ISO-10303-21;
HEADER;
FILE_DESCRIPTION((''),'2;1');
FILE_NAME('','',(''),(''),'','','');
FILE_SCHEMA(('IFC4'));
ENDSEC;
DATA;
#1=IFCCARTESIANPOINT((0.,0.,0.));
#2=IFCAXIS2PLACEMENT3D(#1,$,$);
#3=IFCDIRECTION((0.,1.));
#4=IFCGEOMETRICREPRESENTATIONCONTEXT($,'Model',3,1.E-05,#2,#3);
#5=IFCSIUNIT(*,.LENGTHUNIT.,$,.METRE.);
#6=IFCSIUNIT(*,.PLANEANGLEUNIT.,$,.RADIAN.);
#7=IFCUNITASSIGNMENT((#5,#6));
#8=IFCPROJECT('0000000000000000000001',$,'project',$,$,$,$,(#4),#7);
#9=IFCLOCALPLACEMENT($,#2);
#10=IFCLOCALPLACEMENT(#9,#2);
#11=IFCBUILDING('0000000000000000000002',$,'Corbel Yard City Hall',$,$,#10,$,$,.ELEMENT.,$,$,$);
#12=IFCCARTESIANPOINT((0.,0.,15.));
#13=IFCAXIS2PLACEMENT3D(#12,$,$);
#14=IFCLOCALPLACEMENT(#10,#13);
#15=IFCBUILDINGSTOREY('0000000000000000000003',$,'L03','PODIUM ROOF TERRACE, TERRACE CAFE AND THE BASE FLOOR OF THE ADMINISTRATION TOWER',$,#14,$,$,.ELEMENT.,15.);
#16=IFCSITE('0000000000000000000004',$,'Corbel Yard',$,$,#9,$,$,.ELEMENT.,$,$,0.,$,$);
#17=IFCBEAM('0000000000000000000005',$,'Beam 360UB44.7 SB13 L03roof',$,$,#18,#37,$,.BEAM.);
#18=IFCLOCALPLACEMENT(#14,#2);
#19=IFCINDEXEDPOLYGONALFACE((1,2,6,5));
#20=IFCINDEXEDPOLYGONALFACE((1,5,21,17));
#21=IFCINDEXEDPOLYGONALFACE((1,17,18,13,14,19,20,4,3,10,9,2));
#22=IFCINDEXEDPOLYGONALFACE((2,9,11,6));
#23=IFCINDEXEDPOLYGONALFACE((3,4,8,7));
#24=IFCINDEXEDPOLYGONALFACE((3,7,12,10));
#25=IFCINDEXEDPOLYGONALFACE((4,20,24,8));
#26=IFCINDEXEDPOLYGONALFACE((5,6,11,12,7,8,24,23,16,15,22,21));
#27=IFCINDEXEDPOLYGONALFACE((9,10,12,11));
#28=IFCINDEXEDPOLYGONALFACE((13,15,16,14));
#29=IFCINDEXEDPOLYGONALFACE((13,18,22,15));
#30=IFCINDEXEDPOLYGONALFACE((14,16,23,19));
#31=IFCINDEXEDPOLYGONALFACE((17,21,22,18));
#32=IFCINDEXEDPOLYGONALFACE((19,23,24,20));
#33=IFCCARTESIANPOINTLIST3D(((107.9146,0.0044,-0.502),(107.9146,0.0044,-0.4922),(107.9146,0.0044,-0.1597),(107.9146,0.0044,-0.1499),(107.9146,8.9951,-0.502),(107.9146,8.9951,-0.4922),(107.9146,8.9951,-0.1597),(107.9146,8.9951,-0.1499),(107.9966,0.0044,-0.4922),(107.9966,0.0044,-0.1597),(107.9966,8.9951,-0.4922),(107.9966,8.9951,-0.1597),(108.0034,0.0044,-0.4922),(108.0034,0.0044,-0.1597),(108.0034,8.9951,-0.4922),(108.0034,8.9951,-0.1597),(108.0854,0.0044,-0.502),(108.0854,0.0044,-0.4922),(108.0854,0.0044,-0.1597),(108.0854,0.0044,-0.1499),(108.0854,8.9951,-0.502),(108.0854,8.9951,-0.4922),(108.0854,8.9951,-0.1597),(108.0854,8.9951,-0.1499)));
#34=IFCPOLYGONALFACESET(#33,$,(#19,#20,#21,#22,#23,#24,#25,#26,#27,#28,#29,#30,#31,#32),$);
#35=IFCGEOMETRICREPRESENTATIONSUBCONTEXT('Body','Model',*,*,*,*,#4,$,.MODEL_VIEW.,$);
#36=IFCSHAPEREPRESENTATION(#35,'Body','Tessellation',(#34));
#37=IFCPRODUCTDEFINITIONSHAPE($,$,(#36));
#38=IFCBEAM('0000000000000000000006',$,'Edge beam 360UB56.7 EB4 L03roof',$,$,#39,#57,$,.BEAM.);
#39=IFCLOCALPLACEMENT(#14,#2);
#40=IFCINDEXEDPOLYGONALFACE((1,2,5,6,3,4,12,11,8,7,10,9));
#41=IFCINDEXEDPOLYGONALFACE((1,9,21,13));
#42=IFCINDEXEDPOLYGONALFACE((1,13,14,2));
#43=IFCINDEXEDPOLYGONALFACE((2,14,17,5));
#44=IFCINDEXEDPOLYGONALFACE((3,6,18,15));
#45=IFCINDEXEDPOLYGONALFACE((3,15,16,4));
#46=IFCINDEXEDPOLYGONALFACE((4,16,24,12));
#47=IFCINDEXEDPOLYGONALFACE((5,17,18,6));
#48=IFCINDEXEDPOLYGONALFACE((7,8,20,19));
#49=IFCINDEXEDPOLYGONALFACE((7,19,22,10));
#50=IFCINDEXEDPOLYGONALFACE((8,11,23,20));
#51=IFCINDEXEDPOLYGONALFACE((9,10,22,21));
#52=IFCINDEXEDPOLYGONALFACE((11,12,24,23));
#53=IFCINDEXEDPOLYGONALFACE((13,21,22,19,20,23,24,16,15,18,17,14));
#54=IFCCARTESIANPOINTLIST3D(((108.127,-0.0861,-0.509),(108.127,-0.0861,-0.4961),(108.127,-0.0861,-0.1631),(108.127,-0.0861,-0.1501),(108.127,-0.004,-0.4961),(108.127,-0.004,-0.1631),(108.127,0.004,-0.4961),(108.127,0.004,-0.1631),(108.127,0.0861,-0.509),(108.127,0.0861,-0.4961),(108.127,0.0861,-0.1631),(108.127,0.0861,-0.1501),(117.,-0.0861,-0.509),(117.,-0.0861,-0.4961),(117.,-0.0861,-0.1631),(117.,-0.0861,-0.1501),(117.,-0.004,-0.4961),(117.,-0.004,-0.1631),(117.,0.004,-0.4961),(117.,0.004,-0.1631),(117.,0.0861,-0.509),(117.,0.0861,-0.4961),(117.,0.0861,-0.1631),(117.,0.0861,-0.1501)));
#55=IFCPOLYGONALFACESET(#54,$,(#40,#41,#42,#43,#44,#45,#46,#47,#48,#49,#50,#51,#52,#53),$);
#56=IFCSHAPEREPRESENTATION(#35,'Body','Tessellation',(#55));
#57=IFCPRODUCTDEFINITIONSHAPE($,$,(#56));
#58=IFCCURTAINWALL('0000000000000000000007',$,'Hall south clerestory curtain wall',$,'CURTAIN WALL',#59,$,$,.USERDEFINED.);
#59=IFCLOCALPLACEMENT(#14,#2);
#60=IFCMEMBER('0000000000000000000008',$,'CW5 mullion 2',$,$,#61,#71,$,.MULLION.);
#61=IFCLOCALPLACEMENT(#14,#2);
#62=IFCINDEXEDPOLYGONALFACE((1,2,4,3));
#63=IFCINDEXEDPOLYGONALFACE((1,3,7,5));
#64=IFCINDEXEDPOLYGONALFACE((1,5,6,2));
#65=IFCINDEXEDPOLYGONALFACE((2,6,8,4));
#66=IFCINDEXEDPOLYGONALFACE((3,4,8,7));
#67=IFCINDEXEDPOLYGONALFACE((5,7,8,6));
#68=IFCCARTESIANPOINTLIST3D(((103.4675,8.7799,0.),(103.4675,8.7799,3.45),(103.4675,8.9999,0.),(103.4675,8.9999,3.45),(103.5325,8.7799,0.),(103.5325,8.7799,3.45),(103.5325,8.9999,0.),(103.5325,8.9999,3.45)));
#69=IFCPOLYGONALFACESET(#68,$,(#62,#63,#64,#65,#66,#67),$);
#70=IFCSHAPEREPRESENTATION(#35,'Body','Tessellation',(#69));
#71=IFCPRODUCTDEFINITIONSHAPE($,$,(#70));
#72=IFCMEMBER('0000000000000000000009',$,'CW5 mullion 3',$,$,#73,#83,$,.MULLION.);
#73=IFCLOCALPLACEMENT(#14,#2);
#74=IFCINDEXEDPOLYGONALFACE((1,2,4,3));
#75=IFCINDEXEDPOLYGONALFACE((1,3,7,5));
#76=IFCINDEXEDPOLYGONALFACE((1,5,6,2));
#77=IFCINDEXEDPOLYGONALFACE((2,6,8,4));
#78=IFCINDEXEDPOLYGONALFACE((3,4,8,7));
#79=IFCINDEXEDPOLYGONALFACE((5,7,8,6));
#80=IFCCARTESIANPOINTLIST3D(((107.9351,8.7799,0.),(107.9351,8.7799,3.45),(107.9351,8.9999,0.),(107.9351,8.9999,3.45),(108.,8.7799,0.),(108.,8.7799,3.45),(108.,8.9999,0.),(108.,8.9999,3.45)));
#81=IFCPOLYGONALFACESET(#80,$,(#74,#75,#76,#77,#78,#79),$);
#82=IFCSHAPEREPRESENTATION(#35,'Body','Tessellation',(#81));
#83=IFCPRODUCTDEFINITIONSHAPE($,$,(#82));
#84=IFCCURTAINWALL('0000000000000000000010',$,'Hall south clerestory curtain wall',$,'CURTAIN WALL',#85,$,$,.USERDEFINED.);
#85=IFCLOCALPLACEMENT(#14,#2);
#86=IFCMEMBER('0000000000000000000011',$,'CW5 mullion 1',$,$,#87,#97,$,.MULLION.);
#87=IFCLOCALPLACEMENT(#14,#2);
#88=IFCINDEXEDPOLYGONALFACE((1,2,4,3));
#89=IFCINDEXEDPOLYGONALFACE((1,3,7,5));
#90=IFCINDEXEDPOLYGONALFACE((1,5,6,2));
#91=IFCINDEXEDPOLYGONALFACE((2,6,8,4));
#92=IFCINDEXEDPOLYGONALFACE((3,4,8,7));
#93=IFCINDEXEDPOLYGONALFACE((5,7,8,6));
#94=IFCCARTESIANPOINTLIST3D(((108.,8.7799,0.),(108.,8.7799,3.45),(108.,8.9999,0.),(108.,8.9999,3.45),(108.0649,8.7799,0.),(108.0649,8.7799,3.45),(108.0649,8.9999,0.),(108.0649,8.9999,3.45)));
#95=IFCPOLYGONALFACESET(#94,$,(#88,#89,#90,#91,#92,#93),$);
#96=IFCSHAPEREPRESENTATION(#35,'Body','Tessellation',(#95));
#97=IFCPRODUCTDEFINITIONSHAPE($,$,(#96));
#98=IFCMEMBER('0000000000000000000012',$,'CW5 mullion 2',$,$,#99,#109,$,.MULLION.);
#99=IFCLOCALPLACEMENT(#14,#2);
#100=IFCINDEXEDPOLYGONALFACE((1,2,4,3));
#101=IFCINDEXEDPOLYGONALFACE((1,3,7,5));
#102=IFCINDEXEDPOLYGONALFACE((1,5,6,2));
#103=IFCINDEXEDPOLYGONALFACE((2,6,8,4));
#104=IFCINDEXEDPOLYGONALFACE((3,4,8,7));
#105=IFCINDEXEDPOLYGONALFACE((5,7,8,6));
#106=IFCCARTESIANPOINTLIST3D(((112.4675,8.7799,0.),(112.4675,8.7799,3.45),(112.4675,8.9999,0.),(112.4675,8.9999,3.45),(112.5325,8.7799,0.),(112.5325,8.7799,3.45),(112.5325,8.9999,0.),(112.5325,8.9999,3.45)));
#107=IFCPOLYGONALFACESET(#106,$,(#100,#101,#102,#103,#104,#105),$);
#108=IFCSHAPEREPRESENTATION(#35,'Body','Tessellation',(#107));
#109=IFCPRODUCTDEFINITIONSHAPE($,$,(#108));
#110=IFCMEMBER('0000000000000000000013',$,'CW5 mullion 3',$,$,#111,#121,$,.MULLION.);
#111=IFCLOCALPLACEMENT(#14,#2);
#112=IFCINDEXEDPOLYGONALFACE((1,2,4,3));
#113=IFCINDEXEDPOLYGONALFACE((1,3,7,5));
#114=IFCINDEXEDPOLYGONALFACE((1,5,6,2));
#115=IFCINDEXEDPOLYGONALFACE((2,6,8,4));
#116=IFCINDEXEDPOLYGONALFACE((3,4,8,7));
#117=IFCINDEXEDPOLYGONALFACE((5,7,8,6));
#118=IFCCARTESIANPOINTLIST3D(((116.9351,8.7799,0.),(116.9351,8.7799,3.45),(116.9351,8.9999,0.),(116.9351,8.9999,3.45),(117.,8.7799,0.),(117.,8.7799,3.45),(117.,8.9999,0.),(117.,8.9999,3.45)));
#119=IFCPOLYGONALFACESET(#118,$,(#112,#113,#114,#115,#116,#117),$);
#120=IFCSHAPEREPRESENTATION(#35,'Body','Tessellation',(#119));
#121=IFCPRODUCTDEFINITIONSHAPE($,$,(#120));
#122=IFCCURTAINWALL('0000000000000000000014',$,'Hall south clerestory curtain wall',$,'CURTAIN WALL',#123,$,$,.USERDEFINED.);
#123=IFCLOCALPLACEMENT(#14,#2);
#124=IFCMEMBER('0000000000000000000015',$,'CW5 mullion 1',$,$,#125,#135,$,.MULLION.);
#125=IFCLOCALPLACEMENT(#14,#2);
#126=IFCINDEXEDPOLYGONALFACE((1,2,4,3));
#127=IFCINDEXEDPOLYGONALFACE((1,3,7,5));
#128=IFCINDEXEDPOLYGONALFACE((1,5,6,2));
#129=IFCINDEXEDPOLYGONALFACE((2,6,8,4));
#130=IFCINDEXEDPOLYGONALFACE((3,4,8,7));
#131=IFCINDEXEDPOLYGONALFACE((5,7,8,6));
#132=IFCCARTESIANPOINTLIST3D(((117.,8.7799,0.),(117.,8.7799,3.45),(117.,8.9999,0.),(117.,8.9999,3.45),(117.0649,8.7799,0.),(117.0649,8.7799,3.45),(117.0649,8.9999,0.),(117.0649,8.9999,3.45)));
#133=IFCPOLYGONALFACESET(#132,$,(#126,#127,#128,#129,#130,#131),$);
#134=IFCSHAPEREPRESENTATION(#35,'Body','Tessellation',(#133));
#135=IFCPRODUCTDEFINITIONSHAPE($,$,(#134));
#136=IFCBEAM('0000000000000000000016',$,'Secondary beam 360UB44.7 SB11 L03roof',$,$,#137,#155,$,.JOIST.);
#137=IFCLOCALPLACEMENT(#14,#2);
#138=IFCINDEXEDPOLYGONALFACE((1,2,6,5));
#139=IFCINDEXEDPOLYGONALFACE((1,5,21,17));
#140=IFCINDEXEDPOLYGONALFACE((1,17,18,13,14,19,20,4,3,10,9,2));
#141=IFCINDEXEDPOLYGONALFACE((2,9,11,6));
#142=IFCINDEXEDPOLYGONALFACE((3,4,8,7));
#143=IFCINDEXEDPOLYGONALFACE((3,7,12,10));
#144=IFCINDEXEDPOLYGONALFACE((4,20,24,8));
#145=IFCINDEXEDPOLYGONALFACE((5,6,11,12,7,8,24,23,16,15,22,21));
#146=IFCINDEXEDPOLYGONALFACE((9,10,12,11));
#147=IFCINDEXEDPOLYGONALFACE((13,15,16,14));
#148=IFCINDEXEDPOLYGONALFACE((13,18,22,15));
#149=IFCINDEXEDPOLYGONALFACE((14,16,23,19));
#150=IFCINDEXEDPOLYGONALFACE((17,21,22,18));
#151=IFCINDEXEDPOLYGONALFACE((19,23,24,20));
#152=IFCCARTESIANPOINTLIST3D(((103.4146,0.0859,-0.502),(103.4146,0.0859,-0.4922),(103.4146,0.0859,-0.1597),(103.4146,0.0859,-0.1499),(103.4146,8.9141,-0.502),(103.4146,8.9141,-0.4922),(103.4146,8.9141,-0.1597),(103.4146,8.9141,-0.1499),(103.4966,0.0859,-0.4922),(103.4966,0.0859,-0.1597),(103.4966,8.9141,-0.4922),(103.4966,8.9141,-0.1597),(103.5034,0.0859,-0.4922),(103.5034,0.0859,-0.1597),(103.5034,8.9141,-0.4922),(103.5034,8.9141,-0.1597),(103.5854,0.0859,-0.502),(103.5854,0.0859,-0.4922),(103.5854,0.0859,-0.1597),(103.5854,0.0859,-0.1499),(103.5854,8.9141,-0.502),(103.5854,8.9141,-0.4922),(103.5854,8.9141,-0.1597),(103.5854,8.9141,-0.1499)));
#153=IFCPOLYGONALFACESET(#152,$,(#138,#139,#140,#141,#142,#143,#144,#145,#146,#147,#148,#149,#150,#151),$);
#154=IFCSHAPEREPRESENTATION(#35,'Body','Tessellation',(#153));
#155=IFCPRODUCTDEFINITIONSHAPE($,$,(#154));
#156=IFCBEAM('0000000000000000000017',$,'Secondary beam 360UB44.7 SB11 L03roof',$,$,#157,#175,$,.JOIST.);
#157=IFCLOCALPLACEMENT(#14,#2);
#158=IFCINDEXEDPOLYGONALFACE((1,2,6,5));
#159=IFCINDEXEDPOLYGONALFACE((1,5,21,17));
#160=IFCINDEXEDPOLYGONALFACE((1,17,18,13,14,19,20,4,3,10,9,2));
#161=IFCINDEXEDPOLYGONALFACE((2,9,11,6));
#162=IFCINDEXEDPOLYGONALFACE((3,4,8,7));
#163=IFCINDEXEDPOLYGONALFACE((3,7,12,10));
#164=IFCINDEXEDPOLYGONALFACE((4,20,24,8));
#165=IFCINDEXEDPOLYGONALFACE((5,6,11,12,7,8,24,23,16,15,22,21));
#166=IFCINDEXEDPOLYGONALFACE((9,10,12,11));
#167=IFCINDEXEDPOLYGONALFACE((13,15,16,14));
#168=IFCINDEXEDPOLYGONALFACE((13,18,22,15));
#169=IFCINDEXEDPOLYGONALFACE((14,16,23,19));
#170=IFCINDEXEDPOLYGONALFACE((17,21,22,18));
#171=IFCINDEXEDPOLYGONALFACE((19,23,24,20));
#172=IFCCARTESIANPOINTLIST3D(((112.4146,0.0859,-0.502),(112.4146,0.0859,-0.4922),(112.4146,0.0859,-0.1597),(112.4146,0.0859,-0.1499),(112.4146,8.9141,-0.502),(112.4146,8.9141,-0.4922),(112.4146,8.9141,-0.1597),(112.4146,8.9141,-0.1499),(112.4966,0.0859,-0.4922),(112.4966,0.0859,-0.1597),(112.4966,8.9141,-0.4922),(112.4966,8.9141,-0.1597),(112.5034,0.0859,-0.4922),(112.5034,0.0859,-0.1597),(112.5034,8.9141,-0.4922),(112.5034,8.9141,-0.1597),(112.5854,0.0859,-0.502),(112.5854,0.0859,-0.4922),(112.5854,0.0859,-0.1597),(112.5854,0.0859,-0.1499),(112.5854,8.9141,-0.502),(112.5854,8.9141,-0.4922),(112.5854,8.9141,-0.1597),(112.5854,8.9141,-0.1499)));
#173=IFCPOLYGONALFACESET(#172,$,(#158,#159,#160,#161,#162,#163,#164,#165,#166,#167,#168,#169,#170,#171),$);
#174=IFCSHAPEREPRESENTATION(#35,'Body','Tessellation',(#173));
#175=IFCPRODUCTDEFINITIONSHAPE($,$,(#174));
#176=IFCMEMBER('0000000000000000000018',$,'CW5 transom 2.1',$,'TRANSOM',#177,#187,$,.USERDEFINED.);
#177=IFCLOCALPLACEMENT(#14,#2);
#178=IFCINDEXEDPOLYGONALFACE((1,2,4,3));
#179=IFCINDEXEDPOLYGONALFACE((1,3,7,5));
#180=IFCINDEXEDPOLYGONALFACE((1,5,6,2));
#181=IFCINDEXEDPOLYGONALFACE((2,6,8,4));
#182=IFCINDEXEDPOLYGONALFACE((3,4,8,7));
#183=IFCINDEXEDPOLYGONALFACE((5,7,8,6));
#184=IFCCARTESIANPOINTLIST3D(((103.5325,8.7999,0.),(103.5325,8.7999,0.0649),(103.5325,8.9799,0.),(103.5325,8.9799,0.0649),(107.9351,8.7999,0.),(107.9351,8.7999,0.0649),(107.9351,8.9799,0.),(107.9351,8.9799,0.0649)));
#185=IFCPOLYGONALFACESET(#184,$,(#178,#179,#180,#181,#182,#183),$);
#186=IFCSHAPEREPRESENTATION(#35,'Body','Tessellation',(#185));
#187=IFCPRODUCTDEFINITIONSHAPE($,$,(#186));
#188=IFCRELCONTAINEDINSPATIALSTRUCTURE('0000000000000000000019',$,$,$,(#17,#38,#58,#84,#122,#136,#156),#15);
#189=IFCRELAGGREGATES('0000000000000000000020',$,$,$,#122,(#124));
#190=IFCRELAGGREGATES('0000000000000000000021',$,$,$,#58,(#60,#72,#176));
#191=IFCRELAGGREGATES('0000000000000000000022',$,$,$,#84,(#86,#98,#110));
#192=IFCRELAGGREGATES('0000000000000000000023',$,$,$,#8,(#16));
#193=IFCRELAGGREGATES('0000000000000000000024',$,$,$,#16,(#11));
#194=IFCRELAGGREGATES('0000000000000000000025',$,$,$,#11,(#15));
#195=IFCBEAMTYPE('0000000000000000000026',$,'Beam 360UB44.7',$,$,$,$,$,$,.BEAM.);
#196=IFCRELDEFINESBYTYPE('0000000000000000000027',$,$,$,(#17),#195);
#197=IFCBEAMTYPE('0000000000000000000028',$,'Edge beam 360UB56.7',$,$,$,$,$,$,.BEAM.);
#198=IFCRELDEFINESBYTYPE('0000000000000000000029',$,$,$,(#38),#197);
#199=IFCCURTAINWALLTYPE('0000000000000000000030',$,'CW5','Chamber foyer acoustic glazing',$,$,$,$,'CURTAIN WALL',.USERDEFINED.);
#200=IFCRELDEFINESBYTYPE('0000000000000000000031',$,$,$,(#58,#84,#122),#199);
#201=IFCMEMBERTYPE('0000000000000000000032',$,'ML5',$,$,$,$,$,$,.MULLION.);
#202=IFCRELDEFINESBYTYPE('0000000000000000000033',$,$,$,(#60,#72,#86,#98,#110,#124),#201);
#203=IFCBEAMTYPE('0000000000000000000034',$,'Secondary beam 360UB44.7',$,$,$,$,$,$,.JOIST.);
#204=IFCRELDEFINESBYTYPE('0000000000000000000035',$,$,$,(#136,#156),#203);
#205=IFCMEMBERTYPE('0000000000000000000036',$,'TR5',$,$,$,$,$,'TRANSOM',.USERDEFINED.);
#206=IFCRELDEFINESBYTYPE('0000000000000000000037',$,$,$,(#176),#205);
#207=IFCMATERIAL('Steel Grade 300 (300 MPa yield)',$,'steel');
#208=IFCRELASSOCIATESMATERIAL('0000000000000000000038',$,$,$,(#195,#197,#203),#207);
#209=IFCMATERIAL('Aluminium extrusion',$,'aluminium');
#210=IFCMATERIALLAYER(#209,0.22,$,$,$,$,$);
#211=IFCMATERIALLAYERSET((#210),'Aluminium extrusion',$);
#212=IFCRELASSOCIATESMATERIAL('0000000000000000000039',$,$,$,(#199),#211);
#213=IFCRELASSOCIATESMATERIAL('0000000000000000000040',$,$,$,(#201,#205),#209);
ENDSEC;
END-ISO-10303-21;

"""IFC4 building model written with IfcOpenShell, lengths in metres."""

from ifc_helpers import new_model, si_unit, direction, frame, origin, origin_2d, place, context, subcontext, project, spatial, rectangle, i_section, extrude, material, layer, layer_set, material_profile, profile_set, type_object, element, aggregate, save


model = new_model("IFC4")

# Units and contexts
model_context = context("Model", 3, precision=1e-05, world=origin(), true_north=direction((0.0, 1.0)))
body_context = subcontext(model_context, "Body", "Model", "MODEL_VIEW")
ifc_project = project(units=[si_unit("LENGTHUNIT", "METRE"), si_unit("PLANEANGLEUNIT", "RADIAN")], contexts=[model_context])

# Site, building, storey
site_placement = place(None, origin())
site = spatial("IfcSite", under=ifc_project, at=site_placement, Name="Corbel Yard", CompositionType="ELEMENT", RefElevation=0.0)
building_placement = place(site_placement, origin())
building = spatial("IfcBuilding", under=site, at=building_placement, Name="Corbel Yard City Hall", CompositionType="ELEMENT")
storey_placement = place(building_placement, frame((0.0, 0.0, 15.0)))
storey = spatial("IfcBuildingStorey", under=building, at=storey_placement, Name="L03", Description="PODIUM ROOF TERRACE, TERRACE CAFE AND THE BASE FLOOR OF THE ADMINISTRATION TOWER", CompositionType="ELEMENT", Elevation=15.0)

# Beams
ifc_material_1 = material(Name="Steel Grade 300 (300 MPa yield)", Category="steel")
ifc_material_profile_1 = material_profile(ifc_material_1, i_section(OverallWidth=0.1709, OverallDepth=0.3521, WebThickness=0.0068, FlangeThickness=0.0098, at=origin_2d()), Name="360UB44.7")
ifc_profile_set_1 = profile_set([ifc_material_profile_1], Name="Steel Grade 300 (300 MPa yield)")
beam_type_1 = type_object("IfcBeamType", Name="Beam 360UB44.7", PredefinedType="BEAM", material=ifc_profile_set_1)
beam_1_placement = place(storey_placement, frame((108.0, 0.0044, -0.3259), z_axis=(0.0, 1.0, 0.0), x_axis=(-1.0, 0.0, 0.0)))
element("IfcBeam", 1, at=beam_1_placement, inside=storey, type_object=beam_type_1, Name="Beam 360UB44.7 SB13 L03roof", PredefinedType="BEAM", context=body_context, shape_type="SweptSolid", body=[
    extrude(i_section(OverallWidth=0.1709, OverallDepth=0.3521, WebThickness=0.0068, FlangeThickness=0.0098, at=origin_2d()), origin(), (0.0, 0.0, 1.0), 8.9907),
])
ifc_material_profile_2 = material_profile(ifc_material_1, i_section(OverallWidth=0.1721, OverallDepth=0.3589, WebThickness=0.0081, FlangeThickness=0.0129, at=origin_2d()), Name="360UB56.7")
ifc_profile_set_2 = profile_set([ifc_material_profile_2], Name="Steel Grade 300 (300 MPa yield)")
beam_type_2 = type_object("IfcBeamType", Name="Edge beam 360UB56.7", PredefinedType="BEAM", material=ifc_profile_set_2)
beam_2_placement = place(storey_placement, frame((108.127, 0.0, -0.3296), z_axis=(1.0, 0.0, 0.0), x_axis=(0.0, 1.0, 0.0)))
element("IfcBeam", 2, at=beam_2_placement, inside=storey, type_object=beam_type_2, Name="Edge beam 360UB56.7 EB4 L03roof", PredefinedType="BEAM", context=body_context, shape_type="SweptSolid", body=[
    extrude(i_section(OverallWidth=0.1721, OverallDepth=0.3589, WebThickness=0.0081, FlangeThickness=0.0129, at=origin_2d()), origin(), (0.0, 0.0, 1.0), 8.873),
])

# Curtain walls, members
ifc_material_2 = material(Name="Aluminium extrusion", Category="aluminium")
ifc_layer_1 = layer(ifc_material_2, 0.22)
ifc_layer_set_1 = layer_set([ifc_layer_1], Name="Aluminium extrusion")
curtain_wall_type = type_object("IfcCurtainWallType", Name="CW5", Description="Chamber foyer acoustic glazing", ElementType="CURTAIN WALL", PredefinedType="USERDEFINED", material=ifc_layer_set_1)
curtain_wall_1_placement = place(storey_placement, origin())
curtain_wall_1 = element("IfcCurtainWall", 3, at=curtain_wall_1_placement, inside=storey, type_object=curtain_wall_type, Name="Hall south clerestory curtain wall", ObjectType="CURTAIN WALL", PredefinedType="USERDEFINED")
ifc_material_profile_3 = material_profile(ifc_material_2, rectangle(XDim=0.22, YDim=0.0649, at=origin_2d()), Name="220x65")
ifc_profile_set_3 = profile_set([ifc_material_profile_3], Name="Aluminium extrusion")
member_type_1 = type_object("IfcMemberType", Name="ML5", PredefinedType="MULLION", material=ifc_profile_set_3)
member_1_placement = place(storey_placement, frame((103.5, 8.8899, 0.0), z_axis=(0.0, 0.0, 1.0), x_axis=(0.0, 1.0, 0.0)))
member_1 = element("IfcMember", 4, at=member_1_placement, type_object=member_type_1, Name="CW5 mullion 2", PredefinedType="MULLION", context=body_context, shape_type="SweptSolid", body=[
    extrude(rectangle(XDim=0.22, YDim=0.0649, at=origin_2d()), origin(), (0.0, 0.0, 1.0), 3.45),
])
member_2_placement = place(storey_placement, frame((107.9675, 8.8899, 0.0), z_axis=(0.0, 0.0, 1.0), x_axis=(0.0, 1.0, 0.0)))
member_2 = element("IfcMember", 5, at=member_2_placement, type_object=member_type_1, Name="CW5 mullion 3", PredefinedType="MULLION", context=body_context, shape_type="SweptSolid", body=[
    extrude(rectangle(XDim=0.22, YDim=0.0649, at=origin_2d()), origin(), (0.0, 0.0, 1.0), 3.45),
])
curtain_wall_2_placement = place(storey_placement, origin())
curtain_wall_2 = element("IfcCurtainWall", 6, at=curtain_wall_2_placement, inside=storey, type_object=curtain_wall_type, Name="Hall south clerestory curtain wall", ObjectType="CURTAIN WALL", PredefinedType="USERDEFINED")
member_3_placement = place(storey_placement, frame((108.0325, 8.8899, 0.0), z_axis=(0.0, 0.0, 1.0), x_axis=(0.0, 1.0, 0.0)))
member_3 = element("IfcMember", 7, at=member_3_placement, type_object=member_type_1, Name="CW5 mullion 1", PredefinedType="MULLION", context=body_context, shape_type="SweptSolid", body=[
    extrude(rectangle(XDim=0.22, YDim=0.0649, at=origin_2d()), origin(), (0.0, 0.0, 1.0), 3.45),
])
member_4_placement = place(storey_placement, frame((112.5, 8.8899, 0.0), z_axis=(0.0, 0.0, 1.0), x_axis=(0.0, 1.0, 0.0)))
member_4 = element("IfcMember", 8, at=member_4_placement, type_object=member_type_1, Name="CW5 mullion 2", PredefinedType="MULLION", context=body_context, shape_type="SweptSolid", body=[
    extrude(rectangle(XDim=0.22, YDim=0.0649, at=origin_2d()), origin(), (0.0, 0.0, 1.0), 3.45),
])
member_5_placement = place(storey_placement, frame((116.9675, 8.8899, 0.0), z_axis=(0.0, 0.0, 1.0), x_axis=(0.0, 1.0, 0.0)))
member_5 = element("IfcMember", 9, at=member_5_placement, type_object=member_type_1, Name="CW5 mullion 3", PredefinedType="MULLION", context=body_context, shape_type="SweptSolid", body=[
    extrude(rectangle(XDim=0.22, YDim=0.0649, at=origin_2d()), origin(), (0.0, 0.0, 1.0), 3.45),
])

# Curtain wall, member
curtain_wall_3_placement = place(storey_placement, origin())
curtain_wall_3 = element("IfcCurtainWall", 10, at=curtain_wall_3_placement, inside=storey, type_object=curtain_wall_type, Name="Hall south clerestory curtain wall", ObjectType="CURTAIN WALL", PredefinedType="USERDEFINED")
member_6_placement = place(storey_placement, frame((117.0325, 8.8899, 0.0), z_axis=(0.0, 0.0, 1.0), x_axis=(0.0, 1.0, 0.0)))
member_6 = element("IfcMember", 11, at=member_6_placement, type_object=member_type_1, Name="CW5 mullion 1", PredefinedType="MULLION", context=body_context, shape_type="SweptSolid", body=[
    extrude(rectangle(XDim=0.22, YDim=0.0649, at=origin_2d()), origin(), (0.0, 0.0, 1.0), 3.45),
])

# Beams
ifc_material_profile_4 = material_profile(ifc_material_1, i_section(OverallWidth=0.1709, OverallDepth=0.3521, WebThickness=0.0068, FlangeThickness=0.0098, at=origin_2d()), Name="360UB44.7")
ifc_profile_set_4 = profile_set([ifc_material_profile_4], Name="Steel Grade 300 (300 MPa yield)")
beam_type_3 = type_object("IfcBeamType", Name="Secondary beam 360UB44.7", PredefinedType="JOIST", material=ifc_profile_set_4)
for number, where, z_axis, x_axis, name in (
    (12, (103.5, 0.0859, -0.3259), (0.0, 1.0, 0.0), (-1.0, 0.0, 0.0), "Secondary beam 360UB44.7 SB11 L03roof"),
    (13, (112.5, 0.0859, -0.3259), (0.0, 1.0, 0.0), (-1.0, 0.0, 0.0), "Secondary beam 360UB44.7 SB11 L03roof"),
):
    element("IfcBeam", number, at=place(storey_placement, frame(where, z_axis=z_axis, x_axis=x_axis)), inside=storey, type_object=beam_type_3, Name=name, PredefinedType="JOIST", context=body_context, shape_type="SweptSolid", body=[
        extrude(i_section(OverallWidth=0.1709, OverallDepth=0.3521, WebThickness=0.0068, FlangeThickness=0.0098, at=origin_2d()), origin(), (0.0, 0.0, 1.0), 8.8281),
    ])

# Member
ifc_material_profile_5 = material_profile(ifc_material_2, rectangle(XDim=0.1799, YDim=0.0649, at=origin_2d()), Name="180x65")
ifc_profile_set_5 = profile_set([ifc_material_profile_5], Name="Aluminium extrusion")
member_type_2 = type_object("IfcMemberType", Name="TR5", ElementType="TRANSOM", PredefinedType="USERDEFINED", material=ifc_profile_set_5)
member_7_placement = place(storey_placement, frame((103.5325, 8.8899, 0.0325), z_axis=(1.0, 0.0, 0.0), x_axis=(0.0, 1.0, 0.0)))
member_7 = element("IfcMember", 14, at=member_7_placement, type_object=member_type_2, Name="CW5 transom 2.1", ObjectType="TRANSOM", PredefinedType="USERDEFINED", context=body_context, shape_type="SweptSolid", body=[
    extrude(rectangle(XDim=0.1799, YDim=0.0649, at=origin_2d()), origin(), (0.0, 0.0, 1.0), 4.4026),
])
aggregate(curtain_wall_3, [member_6])

aggregate(curtain_wall_1, [member_1, member_2, member_7])
aggregate(curtain_wall_2, [member_3, member_4, member_5])

save(model, "model.ifc")
